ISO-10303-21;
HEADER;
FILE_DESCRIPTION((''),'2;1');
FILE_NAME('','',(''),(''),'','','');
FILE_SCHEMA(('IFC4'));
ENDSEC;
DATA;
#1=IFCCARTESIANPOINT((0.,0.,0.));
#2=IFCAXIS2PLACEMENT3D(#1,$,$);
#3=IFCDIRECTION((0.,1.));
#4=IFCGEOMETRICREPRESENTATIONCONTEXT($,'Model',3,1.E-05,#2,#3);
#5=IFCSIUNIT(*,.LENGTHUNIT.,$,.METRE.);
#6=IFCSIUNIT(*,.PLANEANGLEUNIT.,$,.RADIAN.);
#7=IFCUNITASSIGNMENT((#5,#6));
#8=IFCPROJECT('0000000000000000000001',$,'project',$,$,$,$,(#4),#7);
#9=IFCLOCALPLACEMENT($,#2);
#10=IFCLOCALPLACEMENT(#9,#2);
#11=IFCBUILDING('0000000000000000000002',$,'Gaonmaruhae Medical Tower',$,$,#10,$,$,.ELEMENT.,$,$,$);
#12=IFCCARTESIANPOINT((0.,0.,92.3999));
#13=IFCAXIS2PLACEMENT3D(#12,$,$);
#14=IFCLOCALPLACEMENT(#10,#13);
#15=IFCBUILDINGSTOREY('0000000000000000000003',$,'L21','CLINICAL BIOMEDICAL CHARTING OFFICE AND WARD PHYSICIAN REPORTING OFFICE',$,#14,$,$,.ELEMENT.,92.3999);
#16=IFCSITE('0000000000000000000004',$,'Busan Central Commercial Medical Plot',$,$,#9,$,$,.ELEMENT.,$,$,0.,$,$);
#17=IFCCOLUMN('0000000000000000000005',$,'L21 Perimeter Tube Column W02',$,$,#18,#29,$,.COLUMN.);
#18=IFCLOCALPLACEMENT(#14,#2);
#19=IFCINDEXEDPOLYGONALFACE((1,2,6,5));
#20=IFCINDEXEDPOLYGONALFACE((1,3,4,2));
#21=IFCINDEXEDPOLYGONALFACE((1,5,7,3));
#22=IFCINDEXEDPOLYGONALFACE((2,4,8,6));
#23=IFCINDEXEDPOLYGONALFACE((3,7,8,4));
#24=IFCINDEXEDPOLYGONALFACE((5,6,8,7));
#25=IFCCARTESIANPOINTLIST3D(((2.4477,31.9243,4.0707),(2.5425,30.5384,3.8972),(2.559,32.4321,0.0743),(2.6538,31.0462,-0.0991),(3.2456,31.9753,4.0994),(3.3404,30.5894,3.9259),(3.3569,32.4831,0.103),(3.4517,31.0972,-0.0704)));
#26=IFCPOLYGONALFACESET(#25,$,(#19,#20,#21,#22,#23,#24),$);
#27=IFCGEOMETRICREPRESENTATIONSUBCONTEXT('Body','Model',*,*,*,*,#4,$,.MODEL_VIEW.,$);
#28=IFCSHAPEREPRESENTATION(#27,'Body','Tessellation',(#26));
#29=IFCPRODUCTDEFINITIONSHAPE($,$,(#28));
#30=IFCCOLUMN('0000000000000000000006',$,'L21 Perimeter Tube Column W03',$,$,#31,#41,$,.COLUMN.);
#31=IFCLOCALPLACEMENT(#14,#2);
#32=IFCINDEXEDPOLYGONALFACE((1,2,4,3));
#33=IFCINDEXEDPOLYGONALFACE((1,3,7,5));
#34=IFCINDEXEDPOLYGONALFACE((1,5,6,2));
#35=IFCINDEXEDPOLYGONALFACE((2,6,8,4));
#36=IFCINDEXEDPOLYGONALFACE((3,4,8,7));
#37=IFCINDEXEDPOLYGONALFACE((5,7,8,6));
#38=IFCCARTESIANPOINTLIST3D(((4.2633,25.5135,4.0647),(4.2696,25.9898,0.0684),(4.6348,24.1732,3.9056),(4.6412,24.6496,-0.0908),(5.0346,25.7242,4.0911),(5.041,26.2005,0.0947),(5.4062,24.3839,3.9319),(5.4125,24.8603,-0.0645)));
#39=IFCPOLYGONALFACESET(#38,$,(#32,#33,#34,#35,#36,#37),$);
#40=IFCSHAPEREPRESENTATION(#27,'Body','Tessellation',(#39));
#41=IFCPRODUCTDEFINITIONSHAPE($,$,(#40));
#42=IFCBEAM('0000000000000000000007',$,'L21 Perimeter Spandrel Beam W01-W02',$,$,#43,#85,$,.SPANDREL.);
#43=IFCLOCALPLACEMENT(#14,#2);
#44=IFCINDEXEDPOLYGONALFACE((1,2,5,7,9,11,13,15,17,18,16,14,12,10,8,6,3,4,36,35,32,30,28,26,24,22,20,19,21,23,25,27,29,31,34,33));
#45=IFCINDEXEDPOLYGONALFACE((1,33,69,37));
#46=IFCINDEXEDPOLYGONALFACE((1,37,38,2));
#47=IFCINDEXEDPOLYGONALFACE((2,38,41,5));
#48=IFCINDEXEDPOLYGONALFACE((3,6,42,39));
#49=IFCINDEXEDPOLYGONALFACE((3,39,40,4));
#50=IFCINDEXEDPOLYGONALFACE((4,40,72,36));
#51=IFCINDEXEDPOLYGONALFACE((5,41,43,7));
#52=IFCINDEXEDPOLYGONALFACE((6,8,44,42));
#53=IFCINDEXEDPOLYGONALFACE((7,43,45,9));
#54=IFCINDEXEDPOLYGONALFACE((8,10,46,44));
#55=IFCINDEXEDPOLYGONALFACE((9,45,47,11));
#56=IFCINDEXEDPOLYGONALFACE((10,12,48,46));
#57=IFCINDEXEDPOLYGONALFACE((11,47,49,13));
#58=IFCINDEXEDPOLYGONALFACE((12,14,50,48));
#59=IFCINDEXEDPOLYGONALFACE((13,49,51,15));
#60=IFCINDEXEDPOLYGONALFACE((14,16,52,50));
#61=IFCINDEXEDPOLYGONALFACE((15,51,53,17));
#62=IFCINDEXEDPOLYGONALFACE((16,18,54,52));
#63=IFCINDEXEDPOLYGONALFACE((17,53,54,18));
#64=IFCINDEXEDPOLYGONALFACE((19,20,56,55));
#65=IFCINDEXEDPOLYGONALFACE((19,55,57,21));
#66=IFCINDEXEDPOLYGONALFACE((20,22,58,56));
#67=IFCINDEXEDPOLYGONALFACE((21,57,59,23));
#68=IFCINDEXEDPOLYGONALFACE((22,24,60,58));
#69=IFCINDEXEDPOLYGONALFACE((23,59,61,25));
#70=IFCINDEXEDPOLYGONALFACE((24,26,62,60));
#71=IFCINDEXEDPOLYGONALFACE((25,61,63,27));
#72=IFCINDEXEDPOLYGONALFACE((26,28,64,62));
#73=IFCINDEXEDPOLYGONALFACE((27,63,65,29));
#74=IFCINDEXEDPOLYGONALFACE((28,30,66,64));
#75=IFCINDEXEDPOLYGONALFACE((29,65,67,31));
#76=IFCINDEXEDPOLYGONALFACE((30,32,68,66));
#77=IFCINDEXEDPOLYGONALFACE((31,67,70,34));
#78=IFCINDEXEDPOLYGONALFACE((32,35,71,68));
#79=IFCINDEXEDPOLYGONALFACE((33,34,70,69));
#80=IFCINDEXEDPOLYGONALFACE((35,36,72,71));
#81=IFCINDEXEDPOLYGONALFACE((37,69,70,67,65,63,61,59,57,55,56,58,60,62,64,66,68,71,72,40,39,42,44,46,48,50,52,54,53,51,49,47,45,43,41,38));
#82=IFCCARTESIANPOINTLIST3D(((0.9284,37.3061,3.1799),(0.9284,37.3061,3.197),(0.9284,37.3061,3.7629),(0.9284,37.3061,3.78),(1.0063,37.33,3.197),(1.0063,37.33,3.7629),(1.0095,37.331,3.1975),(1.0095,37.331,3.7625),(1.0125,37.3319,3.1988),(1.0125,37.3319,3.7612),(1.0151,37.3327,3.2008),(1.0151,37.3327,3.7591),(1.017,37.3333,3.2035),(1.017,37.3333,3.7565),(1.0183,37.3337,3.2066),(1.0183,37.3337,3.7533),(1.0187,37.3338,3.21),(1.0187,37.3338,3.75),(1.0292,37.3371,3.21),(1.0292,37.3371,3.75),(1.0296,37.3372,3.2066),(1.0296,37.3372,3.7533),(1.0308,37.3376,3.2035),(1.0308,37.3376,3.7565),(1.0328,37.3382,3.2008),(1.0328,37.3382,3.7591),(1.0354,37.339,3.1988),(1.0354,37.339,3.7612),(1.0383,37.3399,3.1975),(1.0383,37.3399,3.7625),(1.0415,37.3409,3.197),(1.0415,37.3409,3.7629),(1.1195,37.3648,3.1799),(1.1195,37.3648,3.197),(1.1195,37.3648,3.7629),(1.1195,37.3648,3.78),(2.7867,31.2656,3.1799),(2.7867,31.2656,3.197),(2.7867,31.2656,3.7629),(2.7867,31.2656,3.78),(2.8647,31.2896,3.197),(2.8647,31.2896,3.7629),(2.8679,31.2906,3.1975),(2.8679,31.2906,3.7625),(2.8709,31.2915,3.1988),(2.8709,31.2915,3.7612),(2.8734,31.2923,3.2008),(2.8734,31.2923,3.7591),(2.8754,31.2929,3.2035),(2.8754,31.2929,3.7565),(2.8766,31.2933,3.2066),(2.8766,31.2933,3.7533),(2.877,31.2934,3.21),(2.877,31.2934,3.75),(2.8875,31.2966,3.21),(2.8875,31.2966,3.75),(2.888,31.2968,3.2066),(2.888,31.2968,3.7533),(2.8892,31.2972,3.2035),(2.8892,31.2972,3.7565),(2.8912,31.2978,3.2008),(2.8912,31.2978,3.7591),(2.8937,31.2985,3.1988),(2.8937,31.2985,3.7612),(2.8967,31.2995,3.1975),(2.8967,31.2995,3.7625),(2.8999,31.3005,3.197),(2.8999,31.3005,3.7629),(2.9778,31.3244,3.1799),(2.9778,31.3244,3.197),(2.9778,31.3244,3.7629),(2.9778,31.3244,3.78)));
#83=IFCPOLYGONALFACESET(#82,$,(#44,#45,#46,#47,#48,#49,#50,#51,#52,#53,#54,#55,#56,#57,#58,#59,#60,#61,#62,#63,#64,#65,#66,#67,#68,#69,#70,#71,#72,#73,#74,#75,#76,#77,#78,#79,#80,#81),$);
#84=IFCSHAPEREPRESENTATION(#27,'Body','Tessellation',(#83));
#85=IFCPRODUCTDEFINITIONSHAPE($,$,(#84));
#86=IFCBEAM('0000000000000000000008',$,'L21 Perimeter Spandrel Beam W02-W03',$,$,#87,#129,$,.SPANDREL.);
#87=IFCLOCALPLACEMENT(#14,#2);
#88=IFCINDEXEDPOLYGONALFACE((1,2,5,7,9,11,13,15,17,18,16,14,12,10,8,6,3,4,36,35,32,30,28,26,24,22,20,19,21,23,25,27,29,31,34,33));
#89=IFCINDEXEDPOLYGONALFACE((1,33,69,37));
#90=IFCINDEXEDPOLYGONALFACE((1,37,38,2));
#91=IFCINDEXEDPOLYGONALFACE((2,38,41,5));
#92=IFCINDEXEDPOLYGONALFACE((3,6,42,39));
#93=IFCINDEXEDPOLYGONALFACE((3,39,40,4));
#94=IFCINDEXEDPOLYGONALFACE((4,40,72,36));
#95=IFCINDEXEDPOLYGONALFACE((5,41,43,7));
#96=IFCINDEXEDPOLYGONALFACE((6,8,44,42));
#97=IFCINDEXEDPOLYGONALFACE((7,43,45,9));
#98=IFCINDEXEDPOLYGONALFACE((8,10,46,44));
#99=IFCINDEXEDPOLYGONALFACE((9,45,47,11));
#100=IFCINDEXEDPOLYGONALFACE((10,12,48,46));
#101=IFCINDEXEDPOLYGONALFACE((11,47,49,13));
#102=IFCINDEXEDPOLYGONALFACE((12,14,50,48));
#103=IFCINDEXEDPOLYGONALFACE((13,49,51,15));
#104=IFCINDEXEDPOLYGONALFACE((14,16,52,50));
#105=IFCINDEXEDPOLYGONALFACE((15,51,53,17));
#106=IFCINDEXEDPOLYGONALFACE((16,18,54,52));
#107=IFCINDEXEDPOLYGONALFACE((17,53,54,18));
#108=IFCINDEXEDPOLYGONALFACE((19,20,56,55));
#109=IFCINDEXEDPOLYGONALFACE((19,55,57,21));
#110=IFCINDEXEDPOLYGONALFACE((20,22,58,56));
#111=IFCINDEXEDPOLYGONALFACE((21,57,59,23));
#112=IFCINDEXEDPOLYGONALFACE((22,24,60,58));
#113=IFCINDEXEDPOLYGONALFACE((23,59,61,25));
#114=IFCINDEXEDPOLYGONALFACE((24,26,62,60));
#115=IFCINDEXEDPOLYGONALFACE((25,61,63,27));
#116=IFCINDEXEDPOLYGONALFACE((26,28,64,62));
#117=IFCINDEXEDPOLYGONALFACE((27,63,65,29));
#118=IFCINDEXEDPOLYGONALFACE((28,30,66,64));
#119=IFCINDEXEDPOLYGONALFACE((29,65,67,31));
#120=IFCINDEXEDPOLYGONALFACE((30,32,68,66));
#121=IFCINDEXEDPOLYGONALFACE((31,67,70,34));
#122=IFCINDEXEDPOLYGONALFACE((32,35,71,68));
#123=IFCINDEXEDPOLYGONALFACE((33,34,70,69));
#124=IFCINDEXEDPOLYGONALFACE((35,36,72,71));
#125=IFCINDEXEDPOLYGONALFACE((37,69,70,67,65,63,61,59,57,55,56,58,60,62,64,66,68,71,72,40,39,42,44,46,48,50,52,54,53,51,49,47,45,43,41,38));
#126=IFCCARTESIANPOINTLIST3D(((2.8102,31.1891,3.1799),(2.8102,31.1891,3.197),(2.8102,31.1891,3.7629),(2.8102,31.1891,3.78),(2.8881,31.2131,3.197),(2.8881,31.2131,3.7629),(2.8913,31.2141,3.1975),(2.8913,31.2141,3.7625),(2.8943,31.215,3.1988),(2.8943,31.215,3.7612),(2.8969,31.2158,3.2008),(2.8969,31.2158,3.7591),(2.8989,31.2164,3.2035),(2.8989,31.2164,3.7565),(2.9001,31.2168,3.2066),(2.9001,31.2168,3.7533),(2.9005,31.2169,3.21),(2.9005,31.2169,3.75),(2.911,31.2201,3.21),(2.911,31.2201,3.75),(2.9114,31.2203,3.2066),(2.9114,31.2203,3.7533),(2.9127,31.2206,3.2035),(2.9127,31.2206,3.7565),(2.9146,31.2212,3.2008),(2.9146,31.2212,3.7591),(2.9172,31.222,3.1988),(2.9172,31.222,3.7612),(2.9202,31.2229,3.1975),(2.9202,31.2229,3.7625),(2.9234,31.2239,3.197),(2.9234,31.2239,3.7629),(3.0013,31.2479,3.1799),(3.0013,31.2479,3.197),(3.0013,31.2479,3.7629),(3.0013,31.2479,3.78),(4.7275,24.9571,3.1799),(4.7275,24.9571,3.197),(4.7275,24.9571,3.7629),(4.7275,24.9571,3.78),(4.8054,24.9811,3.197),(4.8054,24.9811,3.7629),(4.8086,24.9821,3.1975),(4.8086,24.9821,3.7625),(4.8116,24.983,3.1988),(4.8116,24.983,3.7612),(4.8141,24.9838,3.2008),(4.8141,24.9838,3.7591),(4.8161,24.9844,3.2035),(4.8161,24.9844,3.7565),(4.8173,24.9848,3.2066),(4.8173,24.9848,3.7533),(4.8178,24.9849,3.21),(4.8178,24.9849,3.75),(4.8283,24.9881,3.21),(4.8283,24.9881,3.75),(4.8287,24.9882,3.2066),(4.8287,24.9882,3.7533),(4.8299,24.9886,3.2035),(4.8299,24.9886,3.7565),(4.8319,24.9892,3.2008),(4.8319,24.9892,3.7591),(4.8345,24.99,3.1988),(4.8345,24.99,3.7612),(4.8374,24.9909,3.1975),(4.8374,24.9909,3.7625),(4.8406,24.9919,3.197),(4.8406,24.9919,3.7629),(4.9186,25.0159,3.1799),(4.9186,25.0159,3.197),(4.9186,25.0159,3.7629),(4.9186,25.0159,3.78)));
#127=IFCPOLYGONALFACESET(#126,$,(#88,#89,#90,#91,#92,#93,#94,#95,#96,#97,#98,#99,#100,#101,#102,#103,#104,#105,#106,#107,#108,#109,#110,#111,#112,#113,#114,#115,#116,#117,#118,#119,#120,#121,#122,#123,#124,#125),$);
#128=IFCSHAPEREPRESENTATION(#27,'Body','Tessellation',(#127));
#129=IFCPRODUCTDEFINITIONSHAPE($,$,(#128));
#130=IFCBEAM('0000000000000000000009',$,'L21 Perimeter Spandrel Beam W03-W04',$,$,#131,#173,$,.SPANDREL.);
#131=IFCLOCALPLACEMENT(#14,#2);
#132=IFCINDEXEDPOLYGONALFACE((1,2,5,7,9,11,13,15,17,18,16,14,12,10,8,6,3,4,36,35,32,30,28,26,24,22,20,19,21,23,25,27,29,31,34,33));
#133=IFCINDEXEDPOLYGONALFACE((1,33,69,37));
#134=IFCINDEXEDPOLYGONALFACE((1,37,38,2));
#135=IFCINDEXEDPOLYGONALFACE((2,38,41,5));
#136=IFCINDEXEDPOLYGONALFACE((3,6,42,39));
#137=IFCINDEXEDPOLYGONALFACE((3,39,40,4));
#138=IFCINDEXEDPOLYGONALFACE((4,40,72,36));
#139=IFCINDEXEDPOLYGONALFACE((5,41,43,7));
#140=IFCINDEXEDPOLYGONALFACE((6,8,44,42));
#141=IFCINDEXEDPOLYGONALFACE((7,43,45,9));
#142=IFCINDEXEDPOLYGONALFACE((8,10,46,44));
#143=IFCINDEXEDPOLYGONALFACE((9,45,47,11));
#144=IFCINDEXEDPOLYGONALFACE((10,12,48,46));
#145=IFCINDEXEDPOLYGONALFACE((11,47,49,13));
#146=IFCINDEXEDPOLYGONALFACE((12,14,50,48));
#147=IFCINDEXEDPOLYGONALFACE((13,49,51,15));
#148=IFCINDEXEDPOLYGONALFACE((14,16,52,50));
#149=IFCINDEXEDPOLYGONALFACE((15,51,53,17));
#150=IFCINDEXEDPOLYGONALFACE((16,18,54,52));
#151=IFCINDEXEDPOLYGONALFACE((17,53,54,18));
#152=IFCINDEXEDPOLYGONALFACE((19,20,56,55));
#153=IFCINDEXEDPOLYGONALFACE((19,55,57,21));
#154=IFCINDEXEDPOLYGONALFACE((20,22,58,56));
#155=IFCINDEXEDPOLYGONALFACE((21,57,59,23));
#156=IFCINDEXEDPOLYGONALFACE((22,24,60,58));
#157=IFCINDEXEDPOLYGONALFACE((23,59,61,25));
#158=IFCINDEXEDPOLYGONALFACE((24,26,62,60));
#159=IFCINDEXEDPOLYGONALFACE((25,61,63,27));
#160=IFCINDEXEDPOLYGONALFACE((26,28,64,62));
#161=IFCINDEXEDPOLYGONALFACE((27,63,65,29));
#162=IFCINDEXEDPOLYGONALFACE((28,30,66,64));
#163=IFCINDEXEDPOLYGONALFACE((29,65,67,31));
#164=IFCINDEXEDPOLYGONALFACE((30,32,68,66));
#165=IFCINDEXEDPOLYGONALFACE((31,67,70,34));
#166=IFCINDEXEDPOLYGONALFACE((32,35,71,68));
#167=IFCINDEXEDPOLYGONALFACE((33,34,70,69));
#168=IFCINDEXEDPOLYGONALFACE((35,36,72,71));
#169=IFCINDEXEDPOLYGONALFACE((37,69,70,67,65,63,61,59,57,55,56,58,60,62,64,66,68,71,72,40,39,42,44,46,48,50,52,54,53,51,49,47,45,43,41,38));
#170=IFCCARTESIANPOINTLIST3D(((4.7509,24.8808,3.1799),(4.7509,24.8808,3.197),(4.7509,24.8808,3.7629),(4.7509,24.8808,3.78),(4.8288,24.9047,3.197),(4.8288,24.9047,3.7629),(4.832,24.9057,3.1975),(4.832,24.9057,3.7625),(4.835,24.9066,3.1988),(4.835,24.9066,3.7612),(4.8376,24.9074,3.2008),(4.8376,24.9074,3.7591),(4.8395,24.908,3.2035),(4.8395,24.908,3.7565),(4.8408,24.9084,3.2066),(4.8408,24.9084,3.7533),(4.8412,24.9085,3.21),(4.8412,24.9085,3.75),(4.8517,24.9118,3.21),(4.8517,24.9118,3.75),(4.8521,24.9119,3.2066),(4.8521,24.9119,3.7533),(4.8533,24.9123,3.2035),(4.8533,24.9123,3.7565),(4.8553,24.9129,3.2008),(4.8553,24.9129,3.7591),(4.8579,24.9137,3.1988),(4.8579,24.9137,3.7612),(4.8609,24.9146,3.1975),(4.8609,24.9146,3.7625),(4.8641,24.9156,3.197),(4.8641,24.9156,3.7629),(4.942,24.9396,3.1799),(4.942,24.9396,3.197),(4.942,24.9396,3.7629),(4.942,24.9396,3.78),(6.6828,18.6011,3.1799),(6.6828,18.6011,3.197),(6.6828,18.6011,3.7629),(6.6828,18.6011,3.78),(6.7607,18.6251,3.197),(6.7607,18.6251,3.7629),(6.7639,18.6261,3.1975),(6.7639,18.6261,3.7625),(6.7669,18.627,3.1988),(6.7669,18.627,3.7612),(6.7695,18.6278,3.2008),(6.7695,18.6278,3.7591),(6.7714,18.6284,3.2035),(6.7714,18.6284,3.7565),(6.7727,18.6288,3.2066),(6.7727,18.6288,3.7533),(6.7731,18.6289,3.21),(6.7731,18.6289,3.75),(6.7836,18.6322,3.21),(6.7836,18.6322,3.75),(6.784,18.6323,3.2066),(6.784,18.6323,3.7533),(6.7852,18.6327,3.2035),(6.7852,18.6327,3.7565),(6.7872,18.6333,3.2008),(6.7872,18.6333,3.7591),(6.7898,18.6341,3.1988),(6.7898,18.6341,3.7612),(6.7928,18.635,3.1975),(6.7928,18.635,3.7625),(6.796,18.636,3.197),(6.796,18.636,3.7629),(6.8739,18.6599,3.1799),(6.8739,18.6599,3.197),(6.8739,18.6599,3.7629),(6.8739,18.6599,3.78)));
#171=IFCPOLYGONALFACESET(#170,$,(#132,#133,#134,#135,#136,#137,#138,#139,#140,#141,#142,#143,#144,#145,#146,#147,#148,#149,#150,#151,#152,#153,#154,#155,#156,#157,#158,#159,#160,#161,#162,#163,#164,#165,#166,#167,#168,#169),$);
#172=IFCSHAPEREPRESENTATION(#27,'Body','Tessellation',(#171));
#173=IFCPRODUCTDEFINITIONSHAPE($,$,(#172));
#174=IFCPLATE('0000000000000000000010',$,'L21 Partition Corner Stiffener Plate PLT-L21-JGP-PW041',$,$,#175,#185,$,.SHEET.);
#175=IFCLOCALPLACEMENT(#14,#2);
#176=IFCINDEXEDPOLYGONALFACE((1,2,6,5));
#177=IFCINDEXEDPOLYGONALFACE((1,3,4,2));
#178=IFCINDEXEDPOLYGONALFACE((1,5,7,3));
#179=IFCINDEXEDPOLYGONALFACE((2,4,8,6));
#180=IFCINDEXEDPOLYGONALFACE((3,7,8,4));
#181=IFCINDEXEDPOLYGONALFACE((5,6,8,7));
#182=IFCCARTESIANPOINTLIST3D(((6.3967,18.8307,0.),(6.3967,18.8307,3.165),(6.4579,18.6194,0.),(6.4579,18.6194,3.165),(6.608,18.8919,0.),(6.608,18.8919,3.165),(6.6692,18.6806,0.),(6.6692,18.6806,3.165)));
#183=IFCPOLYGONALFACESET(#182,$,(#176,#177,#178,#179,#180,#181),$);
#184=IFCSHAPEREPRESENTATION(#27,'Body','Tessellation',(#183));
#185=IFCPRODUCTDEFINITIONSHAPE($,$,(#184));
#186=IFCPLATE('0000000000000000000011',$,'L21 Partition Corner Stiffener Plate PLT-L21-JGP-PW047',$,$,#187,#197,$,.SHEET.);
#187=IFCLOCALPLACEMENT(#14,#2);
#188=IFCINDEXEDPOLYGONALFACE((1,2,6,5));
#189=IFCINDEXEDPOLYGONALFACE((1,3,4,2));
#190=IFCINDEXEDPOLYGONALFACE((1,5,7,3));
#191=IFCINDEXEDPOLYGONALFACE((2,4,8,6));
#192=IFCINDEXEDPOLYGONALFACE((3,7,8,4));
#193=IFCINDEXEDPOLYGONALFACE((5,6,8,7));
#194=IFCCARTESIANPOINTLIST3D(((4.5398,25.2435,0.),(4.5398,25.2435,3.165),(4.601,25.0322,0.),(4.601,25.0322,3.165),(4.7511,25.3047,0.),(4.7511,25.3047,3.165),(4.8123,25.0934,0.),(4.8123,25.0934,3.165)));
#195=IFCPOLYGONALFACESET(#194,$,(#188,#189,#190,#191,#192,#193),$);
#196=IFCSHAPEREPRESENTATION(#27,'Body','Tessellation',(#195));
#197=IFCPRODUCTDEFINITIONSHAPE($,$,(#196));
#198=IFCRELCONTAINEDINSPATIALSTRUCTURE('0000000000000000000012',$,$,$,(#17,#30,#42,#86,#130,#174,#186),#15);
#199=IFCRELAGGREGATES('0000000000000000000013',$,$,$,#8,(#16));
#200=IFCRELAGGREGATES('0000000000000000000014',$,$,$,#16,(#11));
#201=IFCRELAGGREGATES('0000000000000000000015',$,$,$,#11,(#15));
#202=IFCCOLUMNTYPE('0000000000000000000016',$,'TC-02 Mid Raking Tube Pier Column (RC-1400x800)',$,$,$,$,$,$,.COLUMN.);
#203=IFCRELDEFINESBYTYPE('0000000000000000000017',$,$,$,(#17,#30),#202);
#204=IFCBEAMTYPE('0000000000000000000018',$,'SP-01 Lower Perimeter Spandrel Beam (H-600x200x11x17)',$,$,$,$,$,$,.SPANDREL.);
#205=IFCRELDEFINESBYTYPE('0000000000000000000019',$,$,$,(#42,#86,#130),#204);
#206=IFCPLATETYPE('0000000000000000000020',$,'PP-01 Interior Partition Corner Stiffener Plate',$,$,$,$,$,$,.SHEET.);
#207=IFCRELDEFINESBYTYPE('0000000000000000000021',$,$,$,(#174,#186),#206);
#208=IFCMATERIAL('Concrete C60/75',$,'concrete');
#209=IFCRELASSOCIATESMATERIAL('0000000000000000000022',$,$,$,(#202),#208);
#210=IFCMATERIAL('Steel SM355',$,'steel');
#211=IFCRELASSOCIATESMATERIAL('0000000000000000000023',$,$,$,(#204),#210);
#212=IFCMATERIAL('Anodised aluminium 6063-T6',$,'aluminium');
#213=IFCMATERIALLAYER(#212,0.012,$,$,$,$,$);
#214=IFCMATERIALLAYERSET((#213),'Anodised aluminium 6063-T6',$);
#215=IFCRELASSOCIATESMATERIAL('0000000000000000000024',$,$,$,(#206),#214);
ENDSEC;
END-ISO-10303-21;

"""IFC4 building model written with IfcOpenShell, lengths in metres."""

from ifc_helpers import new_model, si_unit, direction, frame, origin, origin_2d, place, context, subcontext, project, spatial, rectangle, i_section, extrude, material, layer, layer_set, material_profile, profile_set, type_object, element, save


model = new_model("IFC4")

# Units and contexts
model_context = context("Model", 3, precision=1e-05, world=origin(), true_north=direction((0.0, 1.0)))
body_context = subcontext(model_context, "Body", "Model", "MODEL_VIEW")
ifc_project = project(units=[si_unit("LENGTHUNIT", "METRE"), si_unit("PLANEANGLEUNIT", "RADIAN")], contexts=[model_context])

# Site, building, storey
site_placement = place(None, origin())
site = spatial("IfcSite", under=ifc_project, at=site_placement, Name="Busan Central Commercial Medical Plot", CompositionType="ELEMENT", RefElevation=0.0)
building_placement = place(site_placement, origin())
building = spatial("IfcBuilding", under=site, at=building_placement, Name="Gaonmaruhae Medical Tower", CompositionType="ELEMENT")
storey_placement = place(building_placement, frame((0.0, 0.0, 92.3999)))
storey = spatial("IfcBuildingStorey", under=building, at=storey_placement, Name="L21", Description="CLINICAL BIOMEDICAL CHARTING OFFICE AND WARD PHYSICIAN REPORTING OFFICE", CompositionType="ELEMENT", Elevation=92.3999)

# Columns
ifc_material_1 = material(Name="Concrete C60/75", Category="concrete")
ifc_material_profile_1 = material_profile(ifc_material_1, rectangle(XDim=1.3999, YDim=0.8, at=origin_2d()), Name="RC-1400x800")
ifc_profile_set_1 = profile_set([ifc_material_profile_1], Name="Concrete C60/75")
column_type = type_object("IfcColumnType", Name="TC-02 Mid Raking Tube Pier Column (RC-1400x800)", PredefinedType="COLUMN", material=ifc_profile_set_1)
column_1_placement = place(storey_placement, frame((3.0054, 31.7646, 0.002), z_axis=(-0.027625, -0.126008, 0.991645), x_axis=(-0.067725, 0.98998, 0.12391)))
element("IfcColumn", 1, at=column_1_placement, inside=storey, type_object=column_type, Name="L21 Perimeter Tube Column W02", PredefinedType="COLUMN", context=body_context, shape_type="SweptSolid", body=[
    extrude(rectangle(XDim=1.3999, YDim=0.8, at=origin_2d()), origin(), (0.0, 0.0, 1.0), 4.03),
])
column_2_placement = place(storey_placement, frame((4.8411, 25.425, 0.002), z_axis=(-0.001577, -0.118351, 0.992971), x_axis=(-0.265419, 0.957407, 0.11369)))
element("IfcColumn", 2, at=column_2_placement, inside=storey, type_object=column_type, Name="L21 Perimeter Tube Column W03", PredefinedType="COLUMN", context=body_context, shape_type="SweptSolid", body=[
    extrude(rectangle(XDim=1.3999, YDim=0.8, at=origin_2d()), origin(), (0.0, 0.0, 1.0), 4.0247),
])

# Beams
ifc_material_2 = material(Name="Steel SM355", Category="steel")
ifc_material_profile_2 = material_profile(ifc_material_2, i_section(OverallWidth=0.2, OverallDepth=0.6001, WebThickness=0.011, FlangeThickness=0.0171, FilletRadius=0.0129, at=origin_2d()), Name="H-600x200x11x17")
ifc_profile_set_2 = profile_set([ifc_material_profile_2], Name="Steel SM355")
beam_type = type_object("IfcBeamType", Name="SP-01 Lower Perimeter Spandrel Beam (H-600x200x11x17)", PredefinedType="SPANDREL", material=ifc_profile_set_2)
beam_1_placement = place(storey_placement, frame((1.0239, 37.3354, 3.48), z_axis=(0.294053, -0.955789, 0.0), x_axis=(0.955789, 0.294053, 0.0)))
element("IfcBeam", 3, at=beam_1_placement, inside=storey, type_object=beam_type, Name="L21 Perimeter Spandrel Beam W01-W02", PredefinedType="SPANDREL", context=body_context, shape_type="SweptSolid", body=[
    extrude(i_section(OverallWidth=0.2, OverallDepth=0.6001, WebThickness=0.011, FlangeThickness=0.0171, FilletRadius=0.0129, at=origin_2d()), origin(), (0.0, 0.0, 1.0), 6.3198),
])
beam_2_placement = place(storey_placement, frame((2.9058, 31.2185, 3.48), z_axis=(0.294046, -0.955791, 0.0), x_axis=(0.955791, 0.294046, 0.0)))
element("IfcBeam", 4, at=beam_2_placement, inside=storey, type_object=beam_type, Name="L21 Perimeter Spandrel Beam W02-W03", PredefinedType="SPANDREL", context=body_context, shape_type="SweptSolid", body=[
    extrude(i_section(OverallWidth=0.2, OverallDepth=0.6001, WebThickness=0.011, FlangeThickness=0.0171, FilletRadius=0.0129, at=origin_2d()), origin(), (0.0, 0.0, 1.0), 6.5203),
])
beam_3_placement = place(storey_placement, frame((4.8464, 24.9102, 3.48), z_axis=(0.294047, -0.955791, 0.0), x_axis=(0.955791, 0.294047, 0.0)))
element("IfcBeam", 5, at=beam_3_placement, inside=storey, type_object=beam_type, Name="L21 Perimeter Spandrel Beam W03-W04", PredefinedType="SPANDREL", context=body_context, shape_type="SweptSolid", body=[
    extrude(i_section(OverallWidth=0.2, OverallDepth=0.6001, WebThickness=0.011, FlangeThickness=0.0171, FilletRadius=0.0129, at=origin_2d()), origin(), (0.0, 0.0, 1.0), 6.5701),
])

# Plates
ifc_material_3 = material(Name="Anodised aluminium 6063-T6", Category="aluminium")
ifc_layer_1 = layer(ifc_material_3, 0.012)
ifc_layer_set_1 = layer_set([ifc_layer_1], Name="Anodised aluminium 6063-T6")
plate_type = type_object("IfcPlateType", Name="PP-01 Interior Partition Corner Stiffener Plate", PredefinedType="SHEET", material=ifc_layer_set_1)
for number, where, z_axis, x_axis, name in (
    (6, (6.533, 18.7556, 0.0), (0.0, 0.0, 1.0), (-0.278187, 0.960527, 0.0), "L21 Partition Corner Stiffener Plate PLT-L21-JGP-PW041"),
    (7, (4.676, 25.1685, 0.0), (0.0, 0.0, 1.0), (-0.278136, 0.960542, 0.0), "L21 Partition Corner Stiffener Plate PLT-L21-JGP-PW047"),
):
    element("IfcPlate", number, at=place(storey_placement, frame(where, z_axis=z_axis, x_axis=x_axis)), inside=storey, type_object=plate_type, Name=name, PredefinedType="SHEET", context=body_context, shape_type="SweptSolid", body=[
        extrude(rectangle(XDim=0.22, YDim=0.22, at=origin_2d()), origin(), (0.0, 0.0, 1.0), 3.165),
    ])

save(model, "model.ifc")
